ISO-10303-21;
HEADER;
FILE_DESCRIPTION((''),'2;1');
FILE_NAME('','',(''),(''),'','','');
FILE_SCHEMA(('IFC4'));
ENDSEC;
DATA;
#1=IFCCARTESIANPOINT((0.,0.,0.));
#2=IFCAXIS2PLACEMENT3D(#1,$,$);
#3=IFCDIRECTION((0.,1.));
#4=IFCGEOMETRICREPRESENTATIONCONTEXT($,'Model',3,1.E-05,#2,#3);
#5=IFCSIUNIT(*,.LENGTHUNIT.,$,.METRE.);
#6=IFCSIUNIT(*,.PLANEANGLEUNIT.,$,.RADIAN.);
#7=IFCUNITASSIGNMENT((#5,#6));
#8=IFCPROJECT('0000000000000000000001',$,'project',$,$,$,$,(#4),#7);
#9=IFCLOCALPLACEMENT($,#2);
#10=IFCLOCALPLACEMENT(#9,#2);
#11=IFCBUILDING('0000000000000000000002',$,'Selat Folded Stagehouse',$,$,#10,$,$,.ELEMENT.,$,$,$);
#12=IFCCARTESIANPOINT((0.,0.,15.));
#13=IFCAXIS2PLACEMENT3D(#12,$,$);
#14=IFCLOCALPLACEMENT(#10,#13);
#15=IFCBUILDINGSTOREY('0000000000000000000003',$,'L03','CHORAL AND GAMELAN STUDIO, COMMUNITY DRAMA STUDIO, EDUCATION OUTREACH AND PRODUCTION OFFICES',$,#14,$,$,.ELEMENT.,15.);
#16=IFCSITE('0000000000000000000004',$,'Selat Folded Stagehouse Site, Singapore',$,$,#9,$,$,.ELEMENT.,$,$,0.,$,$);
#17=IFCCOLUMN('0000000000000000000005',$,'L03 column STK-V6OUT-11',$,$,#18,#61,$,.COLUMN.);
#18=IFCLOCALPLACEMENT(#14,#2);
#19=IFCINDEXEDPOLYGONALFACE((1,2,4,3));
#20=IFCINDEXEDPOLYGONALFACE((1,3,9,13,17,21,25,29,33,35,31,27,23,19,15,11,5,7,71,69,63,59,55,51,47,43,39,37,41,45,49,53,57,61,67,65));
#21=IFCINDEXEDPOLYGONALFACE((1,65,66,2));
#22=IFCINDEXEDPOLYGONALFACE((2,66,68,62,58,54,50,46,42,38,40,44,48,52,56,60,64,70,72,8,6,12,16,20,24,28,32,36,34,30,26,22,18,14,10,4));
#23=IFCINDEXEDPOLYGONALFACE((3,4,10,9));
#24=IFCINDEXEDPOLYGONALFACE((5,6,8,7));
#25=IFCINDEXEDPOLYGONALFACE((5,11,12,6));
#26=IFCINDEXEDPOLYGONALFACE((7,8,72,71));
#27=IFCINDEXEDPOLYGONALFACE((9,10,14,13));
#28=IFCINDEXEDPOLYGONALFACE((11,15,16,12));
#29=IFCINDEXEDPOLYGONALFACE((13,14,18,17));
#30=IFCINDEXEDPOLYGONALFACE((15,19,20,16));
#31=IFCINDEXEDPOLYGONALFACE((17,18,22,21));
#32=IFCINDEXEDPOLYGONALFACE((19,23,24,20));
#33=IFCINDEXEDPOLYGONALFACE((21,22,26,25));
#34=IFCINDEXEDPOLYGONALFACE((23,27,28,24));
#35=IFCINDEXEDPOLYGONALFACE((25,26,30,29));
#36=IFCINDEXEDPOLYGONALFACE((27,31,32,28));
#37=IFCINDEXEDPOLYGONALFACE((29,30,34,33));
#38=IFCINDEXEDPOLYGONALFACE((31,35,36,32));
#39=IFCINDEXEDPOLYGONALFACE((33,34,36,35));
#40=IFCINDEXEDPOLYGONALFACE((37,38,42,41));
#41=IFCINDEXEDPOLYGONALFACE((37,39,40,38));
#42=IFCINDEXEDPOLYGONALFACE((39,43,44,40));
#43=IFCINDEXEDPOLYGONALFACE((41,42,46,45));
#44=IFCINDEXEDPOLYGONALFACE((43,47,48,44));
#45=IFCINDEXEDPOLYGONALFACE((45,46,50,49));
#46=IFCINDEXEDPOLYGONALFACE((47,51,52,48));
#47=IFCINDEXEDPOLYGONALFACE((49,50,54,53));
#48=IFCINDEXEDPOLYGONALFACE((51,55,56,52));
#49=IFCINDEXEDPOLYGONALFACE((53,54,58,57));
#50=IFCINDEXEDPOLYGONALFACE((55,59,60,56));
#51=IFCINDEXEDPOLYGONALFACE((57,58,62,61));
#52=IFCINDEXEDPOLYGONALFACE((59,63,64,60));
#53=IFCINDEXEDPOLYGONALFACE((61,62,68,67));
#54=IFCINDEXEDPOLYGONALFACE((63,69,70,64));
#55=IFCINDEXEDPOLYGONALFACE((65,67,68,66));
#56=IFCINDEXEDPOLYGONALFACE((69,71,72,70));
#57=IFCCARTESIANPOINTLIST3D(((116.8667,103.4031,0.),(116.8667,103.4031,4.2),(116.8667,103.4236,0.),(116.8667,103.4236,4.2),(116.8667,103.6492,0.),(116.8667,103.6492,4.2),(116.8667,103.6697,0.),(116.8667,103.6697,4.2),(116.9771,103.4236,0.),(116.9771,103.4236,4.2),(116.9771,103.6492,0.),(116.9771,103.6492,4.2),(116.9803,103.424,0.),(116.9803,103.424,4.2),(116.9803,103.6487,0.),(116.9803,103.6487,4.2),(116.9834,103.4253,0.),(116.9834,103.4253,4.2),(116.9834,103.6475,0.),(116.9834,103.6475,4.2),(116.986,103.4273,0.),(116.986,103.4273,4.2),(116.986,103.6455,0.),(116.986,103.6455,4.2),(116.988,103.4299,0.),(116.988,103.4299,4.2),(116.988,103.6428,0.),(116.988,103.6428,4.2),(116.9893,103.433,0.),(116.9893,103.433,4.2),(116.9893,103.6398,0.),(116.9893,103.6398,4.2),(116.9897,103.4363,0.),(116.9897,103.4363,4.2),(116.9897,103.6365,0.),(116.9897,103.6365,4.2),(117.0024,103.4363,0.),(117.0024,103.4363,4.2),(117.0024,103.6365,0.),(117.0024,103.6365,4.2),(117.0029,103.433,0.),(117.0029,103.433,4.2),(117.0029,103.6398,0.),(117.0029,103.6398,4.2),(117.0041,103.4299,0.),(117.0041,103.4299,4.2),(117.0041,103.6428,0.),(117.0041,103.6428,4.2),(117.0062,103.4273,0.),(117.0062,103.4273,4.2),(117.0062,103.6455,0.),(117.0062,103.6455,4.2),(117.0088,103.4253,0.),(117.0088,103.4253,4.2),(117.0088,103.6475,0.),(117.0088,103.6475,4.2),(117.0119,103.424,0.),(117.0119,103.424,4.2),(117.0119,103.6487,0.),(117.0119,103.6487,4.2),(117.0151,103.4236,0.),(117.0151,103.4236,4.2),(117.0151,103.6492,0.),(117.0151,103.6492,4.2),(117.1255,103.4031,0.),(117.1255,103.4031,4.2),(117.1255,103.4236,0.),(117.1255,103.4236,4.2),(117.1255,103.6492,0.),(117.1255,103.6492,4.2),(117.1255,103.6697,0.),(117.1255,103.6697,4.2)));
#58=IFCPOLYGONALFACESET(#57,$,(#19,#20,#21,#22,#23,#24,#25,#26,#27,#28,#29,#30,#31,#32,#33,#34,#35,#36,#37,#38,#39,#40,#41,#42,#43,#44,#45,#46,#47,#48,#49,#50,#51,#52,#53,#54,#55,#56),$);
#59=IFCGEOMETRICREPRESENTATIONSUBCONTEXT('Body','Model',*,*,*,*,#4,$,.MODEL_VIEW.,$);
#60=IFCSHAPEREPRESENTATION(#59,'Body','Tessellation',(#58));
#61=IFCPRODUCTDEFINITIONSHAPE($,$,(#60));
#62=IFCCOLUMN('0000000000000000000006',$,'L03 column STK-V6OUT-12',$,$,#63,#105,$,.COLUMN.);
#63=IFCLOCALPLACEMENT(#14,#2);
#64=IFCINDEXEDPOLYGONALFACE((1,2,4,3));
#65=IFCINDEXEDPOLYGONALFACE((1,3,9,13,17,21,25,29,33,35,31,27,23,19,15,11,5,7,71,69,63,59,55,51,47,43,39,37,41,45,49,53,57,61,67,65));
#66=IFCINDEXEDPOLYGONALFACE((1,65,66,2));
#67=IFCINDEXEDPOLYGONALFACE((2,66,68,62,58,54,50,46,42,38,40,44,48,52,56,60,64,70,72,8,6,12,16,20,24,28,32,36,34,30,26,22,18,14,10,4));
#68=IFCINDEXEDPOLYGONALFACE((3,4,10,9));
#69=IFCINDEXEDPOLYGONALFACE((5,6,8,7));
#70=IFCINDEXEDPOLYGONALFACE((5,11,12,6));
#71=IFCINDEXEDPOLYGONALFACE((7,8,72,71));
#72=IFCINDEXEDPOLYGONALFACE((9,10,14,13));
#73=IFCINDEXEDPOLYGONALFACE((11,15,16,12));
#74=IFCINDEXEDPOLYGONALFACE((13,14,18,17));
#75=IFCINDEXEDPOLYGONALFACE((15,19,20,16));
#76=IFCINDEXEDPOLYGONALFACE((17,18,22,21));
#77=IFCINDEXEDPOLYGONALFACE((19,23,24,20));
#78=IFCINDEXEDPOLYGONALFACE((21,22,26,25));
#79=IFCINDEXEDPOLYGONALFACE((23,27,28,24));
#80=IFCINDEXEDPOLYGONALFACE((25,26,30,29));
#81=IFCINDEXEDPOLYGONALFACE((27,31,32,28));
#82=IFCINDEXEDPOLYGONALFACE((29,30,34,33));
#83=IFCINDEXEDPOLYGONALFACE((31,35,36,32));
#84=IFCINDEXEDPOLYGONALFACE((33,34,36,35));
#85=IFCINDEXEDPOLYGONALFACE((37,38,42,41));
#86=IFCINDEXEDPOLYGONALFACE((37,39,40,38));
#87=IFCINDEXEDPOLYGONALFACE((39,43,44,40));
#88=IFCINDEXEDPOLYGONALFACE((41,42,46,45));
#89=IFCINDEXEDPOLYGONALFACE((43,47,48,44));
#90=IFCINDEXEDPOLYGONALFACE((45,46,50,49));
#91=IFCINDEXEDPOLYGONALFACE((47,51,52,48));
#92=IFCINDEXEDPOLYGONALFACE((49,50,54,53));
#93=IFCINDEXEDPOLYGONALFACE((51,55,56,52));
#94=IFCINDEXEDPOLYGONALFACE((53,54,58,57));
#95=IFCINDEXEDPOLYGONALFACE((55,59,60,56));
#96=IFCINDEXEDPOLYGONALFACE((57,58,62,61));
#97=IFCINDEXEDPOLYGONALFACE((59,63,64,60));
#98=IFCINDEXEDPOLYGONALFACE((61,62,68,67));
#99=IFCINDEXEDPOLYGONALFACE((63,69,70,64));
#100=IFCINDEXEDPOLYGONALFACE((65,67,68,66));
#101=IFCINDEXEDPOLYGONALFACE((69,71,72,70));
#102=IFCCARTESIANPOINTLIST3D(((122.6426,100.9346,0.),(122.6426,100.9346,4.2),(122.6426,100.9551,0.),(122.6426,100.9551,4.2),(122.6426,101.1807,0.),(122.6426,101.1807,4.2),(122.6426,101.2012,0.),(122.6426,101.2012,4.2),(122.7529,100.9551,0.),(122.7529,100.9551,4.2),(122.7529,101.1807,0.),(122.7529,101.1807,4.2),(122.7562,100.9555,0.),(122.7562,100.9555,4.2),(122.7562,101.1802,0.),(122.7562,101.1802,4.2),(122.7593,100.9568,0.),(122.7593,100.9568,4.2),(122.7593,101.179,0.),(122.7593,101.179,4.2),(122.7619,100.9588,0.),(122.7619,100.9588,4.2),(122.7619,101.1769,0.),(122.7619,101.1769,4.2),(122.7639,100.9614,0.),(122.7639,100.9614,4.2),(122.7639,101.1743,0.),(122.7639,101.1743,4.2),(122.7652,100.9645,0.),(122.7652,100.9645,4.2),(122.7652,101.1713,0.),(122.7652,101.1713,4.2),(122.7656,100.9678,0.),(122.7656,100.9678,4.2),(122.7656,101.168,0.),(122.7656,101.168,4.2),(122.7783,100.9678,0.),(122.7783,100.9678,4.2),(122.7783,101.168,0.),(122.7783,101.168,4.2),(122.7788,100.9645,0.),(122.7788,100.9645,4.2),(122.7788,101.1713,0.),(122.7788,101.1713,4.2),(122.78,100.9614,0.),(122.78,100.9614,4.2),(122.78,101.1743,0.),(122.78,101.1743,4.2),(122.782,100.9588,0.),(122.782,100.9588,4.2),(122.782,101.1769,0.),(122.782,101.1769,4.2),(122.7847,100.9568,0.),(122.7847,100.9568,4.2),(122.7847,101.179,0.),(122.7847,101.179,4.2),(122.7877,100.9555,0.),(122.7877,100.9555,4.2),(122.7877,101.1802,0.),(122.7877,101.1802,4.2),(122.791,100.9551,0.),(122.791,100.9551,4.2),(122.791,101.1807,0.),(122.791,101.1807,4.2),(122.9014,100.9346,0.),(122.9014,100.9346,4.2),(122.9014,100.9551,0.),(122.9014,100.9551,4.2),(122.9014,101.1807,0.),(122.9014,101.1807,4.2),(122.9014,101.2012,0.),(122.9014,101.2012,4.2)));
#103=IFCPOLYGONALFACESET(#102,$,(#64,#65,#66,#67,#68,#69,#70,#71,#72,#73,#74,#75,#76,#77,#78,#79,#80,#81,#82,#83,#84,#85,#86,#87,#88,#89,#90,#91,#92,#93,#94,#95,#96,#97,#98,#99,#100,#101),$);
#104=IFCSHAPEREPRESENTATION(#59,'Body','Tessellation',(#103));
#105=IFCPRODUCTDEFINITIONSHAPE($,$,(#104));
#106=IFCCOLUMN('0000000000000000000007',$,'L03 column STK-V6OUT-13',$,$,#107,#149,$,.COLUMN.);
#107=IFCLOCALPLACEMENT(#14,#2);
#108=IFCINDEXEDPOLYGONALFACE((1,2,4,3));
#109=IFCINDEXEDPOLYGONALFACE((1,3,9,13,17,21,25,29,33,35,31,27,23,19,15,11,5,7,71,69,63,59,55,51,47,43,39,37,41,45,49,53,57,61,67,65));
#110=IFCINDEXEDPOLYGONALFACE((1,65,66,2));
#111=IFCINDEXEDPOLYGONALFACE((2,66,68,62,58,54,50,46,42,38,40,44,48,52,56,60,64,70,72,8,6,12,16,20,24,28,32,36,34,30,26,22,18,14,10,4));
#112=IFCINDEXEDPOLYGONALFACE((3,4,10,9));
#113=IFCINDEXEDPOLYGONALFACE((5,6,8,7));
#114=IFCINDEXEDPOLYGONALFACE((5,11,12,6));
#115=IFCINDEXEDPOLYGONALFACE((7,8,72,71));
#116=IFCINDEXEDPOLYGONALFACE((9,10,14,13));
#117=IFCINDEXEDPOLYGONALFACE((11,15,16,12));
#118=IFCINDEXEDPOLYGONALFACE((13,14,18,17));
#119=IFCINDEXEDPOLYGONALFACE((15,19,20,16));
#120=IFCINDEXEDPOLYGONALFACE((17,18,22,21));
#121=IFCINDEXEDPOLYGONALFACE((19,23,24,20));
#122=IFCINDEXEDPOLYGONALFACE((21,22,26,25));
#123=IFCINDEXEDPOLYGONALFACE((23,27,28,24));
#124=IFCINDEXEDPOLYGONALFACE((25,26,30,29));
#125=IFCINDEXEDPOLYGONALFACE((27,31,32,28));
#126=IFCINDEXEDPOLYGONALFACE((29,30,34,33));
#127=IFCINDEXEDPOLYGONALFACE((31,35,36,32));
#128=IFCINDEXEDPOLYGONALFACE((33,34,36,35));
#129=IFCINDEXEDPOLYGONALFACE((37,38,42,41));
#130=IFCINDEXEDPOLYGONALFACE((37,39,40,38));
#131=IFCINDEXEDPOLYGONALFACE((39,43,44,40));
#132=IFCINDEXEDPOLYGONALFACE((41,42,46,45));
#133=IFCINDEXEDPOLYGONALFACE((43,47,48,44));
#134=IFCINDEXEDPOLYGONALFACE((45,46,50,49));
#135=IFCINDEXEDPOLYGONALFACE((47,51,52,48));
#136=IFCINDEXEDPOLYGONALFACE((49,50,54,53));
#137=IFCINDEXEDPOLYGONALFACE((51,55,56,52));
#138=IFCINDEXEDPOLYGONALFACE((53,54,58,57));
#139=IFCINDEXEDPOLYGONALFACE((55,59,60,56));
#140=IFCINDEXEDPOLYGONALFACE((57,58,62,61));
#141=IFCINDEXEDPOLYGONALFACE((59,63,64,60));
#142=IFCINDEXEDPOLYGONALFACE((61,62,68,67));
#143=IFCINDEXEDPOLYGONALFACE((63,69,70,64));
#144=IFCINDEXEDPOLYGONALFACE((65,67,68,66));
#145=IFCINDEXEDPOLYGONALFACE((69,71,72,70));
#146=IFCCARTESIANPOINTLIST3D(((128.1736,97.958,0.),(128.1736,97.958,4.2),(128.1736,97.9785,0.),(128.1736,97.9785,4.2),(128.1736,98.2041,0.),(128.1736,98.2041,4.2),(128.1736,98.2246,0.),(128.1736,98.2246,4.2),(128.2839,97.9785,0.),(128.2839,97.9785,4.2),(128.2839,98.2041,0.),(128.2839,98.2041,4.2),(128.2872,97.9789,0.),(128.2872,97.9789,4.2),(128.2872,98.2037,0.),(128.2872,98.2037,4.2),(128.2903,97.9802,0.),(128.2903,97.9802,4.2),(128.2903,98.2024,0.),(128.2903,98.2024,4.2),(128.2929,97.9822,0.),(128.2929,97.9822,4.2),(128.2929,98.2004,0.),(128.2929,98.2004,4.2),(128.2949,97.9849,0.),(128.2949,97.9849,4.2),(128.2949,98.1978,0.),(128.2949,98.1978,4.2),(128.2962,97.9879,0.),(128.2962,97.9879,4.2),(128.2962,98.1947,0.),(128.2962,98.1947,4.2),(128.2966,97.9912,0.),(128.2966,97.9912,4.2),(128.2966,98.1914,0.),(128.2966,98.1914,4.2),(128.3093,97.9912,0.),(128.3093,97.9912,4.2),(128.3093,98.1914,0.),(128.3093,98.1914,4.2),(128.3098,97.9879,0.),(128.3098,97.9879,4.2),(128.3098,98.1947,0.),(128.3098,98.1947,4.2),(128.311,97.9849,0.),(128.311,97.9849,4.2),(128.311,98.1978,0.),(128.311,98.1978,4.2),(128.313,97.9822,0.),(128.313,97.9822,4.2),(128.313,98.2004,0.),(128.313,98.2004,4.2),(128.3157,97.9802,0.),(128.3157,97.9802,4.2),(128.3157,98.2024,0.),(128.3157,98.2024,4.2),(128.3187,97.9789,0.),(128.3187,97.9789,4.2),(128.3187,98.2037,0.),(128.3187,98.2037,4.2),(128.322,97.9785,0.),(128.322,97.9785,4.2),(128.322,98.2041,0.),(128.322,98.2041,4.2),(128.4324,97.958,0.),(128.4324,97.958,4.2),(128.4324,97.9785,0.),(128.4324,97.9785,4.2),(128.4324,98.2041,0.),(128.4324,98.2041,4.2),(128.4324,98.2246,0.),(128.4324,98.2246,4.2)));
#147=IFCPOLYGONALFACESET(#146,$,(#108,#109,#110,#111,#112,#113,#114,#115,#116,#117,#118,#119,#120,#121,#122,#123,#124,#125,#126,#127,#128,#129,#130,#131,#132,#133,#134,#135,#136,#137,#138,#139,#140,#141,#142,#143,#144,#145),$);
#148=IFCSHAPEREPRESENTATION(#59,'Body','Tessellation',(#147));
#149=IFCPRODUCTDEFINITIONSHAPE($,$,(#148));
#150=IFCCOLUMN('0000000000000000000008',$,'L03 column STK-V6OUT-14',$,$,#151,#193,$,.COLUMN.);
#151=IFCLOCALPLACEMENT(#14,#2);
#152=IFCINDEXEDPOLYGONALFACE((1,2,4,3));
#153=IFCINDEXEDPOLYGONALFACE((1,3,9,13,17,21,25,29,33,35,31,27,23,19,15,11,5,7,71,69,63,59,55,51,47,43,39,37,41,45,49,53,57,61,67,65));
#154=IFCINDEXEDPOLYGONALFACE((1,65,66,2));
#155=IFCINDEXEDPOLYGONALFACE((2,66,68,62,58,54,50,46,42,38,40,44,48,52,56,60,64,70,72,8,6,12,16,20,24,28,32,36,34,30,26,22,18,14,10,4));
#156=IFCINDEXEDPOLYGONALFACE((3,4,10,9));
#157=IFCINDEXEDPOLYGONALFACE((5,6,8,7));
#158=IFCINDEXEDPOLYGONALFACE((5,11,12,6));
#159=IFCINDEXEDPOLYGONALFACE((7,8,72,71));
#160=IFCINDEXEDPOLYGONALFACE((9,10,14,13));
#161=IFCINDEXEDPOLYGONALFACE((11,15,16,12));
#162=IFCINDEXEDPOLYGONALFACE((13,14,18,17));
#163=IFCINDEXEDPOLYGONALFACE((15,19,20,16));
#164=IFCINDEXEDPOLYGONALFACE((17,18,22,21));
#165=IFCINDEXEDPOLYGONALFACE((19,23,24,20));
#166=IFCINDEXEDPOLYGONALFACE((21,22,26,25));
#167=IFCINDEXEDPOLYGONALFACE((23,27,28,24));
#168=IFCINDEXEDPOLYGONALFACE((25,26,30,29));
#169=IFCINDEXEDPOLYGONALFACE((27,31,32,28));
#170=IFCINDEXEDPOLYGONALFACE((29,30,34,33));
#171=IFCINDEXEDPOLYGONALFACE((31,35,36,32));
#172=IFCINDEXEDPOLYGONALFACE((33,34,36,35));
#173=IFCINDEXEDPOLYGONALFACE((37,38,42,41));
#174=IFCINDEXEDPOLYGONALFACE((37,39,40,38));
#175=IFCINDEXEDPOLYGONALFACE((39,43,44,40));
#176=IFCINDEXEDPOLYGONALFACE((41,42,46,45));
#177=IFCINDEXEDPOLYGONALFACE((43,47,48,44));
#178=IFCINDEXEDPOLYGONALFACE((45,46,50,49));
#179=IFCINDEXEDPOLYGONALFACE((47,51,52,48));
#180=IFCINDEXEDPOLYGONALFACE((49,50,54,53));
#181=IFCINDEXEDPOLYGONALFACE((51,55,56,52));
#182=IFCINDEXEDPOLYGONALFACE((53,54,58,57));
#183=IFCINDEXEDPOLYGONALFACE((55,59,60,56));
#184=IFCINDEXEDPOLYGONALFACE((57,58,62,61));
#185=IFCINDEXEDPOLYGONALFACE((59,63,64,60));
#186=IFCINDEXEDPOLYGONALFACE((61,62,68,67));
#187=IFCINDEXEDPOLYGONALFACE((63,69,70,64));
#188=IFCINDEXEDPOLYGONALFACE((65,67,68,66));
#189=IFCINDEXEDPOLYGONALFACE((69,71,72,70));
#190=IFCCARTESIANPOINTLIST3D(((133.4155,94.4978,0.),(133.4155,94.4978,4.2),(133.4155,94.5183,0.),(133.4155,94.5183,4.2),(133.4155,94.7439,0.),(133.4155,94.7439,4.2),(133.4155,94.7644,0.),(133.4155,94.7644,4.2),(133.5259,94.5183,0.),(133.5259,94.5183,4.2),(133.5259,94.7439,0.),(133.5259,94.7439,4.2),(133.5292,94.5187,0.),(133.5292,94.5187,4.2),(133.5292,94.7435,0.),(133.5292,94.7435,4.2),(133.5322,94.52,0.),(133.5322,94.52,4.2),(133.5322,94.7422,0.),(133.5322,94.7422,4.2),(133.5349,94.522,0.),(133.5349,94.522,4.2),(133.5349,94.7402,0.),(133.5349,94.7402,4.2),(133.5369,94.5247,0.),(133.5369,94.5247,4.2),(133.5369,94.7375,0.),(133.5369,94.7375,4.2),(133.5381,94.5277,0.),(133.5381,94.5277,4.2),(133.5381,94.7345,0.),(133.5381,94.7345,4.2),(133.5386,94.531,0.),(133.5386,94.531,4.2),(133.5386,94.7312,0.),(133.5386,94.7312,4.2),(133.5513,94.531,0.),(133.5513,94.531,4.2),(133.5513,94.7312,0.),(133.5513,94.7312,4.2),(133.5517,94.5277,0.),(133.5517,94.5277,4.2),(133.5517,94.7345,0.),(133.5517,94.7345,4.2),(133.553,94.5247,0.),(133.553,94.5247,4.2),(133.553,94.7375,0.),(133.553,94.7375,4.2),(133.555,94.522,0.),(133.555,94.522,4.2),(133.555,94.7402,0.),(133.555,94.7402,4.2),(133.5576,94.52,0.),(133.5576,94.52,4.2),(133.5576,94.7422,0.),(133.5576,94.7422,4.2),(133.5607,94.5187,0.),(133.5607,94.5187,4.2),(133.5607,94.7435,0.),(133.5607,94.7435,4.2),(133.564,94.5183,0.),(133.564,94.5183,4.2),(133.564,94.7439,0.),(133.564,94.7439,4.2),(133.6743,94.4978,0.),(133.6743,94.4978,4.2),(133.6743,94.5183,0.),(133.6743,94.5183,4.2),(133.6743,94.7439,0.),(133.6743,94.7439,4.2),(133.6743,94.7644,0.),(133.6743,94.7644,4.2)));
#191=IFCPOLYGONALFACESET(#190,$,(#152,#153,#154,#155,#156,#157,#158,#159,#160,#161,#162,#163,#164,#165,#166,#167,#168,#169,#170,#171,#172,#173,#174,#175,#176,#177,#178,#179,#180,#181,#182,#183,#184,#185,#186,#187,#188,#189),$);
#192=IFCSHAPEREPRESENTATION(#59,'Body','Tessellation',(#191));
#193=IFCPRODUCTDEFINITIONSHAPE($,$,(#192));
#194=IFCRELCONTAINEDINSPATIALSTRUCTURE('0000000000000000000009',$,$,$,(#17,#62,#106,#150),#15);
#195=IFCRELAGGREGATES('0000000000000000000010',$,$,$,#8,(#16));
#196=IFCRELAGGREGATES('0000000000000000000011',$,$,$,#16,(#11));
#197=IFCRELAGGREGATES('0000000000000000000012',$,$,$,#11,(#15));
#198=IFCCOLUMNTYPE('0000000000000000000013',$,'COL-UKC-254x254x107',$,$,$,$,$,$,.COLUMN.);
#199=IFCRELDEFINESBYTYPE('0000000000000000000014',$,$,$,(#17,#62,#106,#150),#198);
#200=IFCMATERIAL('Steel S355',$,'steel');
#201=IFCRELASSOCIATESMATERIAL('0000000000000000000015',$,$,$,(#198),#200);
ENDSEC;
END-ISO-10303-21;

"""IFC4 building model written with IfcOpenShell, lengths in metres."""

from ifc_helpers import new_model, si_unit, direction, frame, origin, origin_2d, place, context, subcontext, project, spatial, i_section, extrude, material, material_profile, profile_set, type_object, element, save


model = new_model("IFC4")

# Units and contexts
model_context = context("Model", 3, precision=1e-05, world=origin(), true_north=direction((0.0, 1.0)))
body_context = subcontext(model_context, "Body", "Model", "MODEL_VIEW")
ifc_project = project(units=[si_unit("LENGTHUNIT", "METRE"), si_unit("PLANEANGLEUNIT", "RADIAN")], contexts=[model_context])

# Site, building, storey
site_placement = place(None, origin())
site = spatial("IfcSite", under=ifc_project, at=site_placement, Name="Selat Folded Stagehouse Site, Singapore", CompositionType="ELEMENT", RefElevation=0.0)
building_placement = place(site_placement, origin())
building = spatial("IfcBuilding", under=site, at=building_placement, Name="Selat Folded Stagehouse", CompositionType="ELEMENT")
storey_placement = place(building_placement, frame((0.0, 0.0, 15.0)))
storey = spatial("IfcBuildingStorey", under=building, at=storey_placement, Name="L03", Description="CHORAL AND GAMELAN STUDIO, COMMUNITY DRAMA STUDIO, EDUCATION OUTREACH AND PRODUCTION OFFICES", CompositionType="ELEMENT", Elevation=15.0)

# Columns
ifc_material_1 = material(Name="Steel S355", Category="steel")
ifc_material_profile_1 = material_profile(ifc_material_1, i_section(OverallWidth=0.2588, OverallDepth=0.2666, WebThickness=0.0127, FlangeThickness=0.0205, FilletRadius=0.0127, at=origin_2d()), Name="UKC 254x254x107")
ifc_profile_set_1 = profile_set([ifc_material_profile_1], Name="Steel S355")
column_type = type_object("IfcColumnType", Name="COL-UKC-254x254x107", PredefinedType="COLUMN", material=ifc_profile_set_1)
for number, where, z_axis, x_axis, name in (
    (1, (116.9961, 103.5364, 0.0), (0.0, 0.0, 1.0), (1.0, 0.0, 0.0), "L03 column STK-V6OUT-11"),
    (2, (122.772, 101.0679, 0.0), (0.0, 0.0, 1.0), (1.0, 0.0, 0.0), "L03 column STK-V6OUT-12"),
    (3, (128.303, 98.0913, 0.0), (0.0, 0.0, 1.0), (1.0, 0.0, 0.0), "L03 column STK-V6OUT-13"),
    (4, (133.5449, 94.6311, 0.0), (0.0, 0.0, 1.0), (1.0, 0.0, 0.0), "L03 column STK-V6OUT-14"),
):
    element("IfcColumn", number, at=place(storey_placement, frame(where, z_axis=z_axis, x_axis=x_axis)), inside=storey, type_object=column_type, Name=name, PredefinedType="COLUMN", context=body_context, shape_type="SweptSolid", body=[
        extrude(i_section(OverallWidth=0.2588, OverallDepth=0.2666, WebThickness=0.0127, FlangeThickness=0.0205, FilletRadius=0.0127, at=origin_2d()), origin(), (0.0, 0.0, 1.0), 4.2),
    ])

save(model, "model.ifc")
